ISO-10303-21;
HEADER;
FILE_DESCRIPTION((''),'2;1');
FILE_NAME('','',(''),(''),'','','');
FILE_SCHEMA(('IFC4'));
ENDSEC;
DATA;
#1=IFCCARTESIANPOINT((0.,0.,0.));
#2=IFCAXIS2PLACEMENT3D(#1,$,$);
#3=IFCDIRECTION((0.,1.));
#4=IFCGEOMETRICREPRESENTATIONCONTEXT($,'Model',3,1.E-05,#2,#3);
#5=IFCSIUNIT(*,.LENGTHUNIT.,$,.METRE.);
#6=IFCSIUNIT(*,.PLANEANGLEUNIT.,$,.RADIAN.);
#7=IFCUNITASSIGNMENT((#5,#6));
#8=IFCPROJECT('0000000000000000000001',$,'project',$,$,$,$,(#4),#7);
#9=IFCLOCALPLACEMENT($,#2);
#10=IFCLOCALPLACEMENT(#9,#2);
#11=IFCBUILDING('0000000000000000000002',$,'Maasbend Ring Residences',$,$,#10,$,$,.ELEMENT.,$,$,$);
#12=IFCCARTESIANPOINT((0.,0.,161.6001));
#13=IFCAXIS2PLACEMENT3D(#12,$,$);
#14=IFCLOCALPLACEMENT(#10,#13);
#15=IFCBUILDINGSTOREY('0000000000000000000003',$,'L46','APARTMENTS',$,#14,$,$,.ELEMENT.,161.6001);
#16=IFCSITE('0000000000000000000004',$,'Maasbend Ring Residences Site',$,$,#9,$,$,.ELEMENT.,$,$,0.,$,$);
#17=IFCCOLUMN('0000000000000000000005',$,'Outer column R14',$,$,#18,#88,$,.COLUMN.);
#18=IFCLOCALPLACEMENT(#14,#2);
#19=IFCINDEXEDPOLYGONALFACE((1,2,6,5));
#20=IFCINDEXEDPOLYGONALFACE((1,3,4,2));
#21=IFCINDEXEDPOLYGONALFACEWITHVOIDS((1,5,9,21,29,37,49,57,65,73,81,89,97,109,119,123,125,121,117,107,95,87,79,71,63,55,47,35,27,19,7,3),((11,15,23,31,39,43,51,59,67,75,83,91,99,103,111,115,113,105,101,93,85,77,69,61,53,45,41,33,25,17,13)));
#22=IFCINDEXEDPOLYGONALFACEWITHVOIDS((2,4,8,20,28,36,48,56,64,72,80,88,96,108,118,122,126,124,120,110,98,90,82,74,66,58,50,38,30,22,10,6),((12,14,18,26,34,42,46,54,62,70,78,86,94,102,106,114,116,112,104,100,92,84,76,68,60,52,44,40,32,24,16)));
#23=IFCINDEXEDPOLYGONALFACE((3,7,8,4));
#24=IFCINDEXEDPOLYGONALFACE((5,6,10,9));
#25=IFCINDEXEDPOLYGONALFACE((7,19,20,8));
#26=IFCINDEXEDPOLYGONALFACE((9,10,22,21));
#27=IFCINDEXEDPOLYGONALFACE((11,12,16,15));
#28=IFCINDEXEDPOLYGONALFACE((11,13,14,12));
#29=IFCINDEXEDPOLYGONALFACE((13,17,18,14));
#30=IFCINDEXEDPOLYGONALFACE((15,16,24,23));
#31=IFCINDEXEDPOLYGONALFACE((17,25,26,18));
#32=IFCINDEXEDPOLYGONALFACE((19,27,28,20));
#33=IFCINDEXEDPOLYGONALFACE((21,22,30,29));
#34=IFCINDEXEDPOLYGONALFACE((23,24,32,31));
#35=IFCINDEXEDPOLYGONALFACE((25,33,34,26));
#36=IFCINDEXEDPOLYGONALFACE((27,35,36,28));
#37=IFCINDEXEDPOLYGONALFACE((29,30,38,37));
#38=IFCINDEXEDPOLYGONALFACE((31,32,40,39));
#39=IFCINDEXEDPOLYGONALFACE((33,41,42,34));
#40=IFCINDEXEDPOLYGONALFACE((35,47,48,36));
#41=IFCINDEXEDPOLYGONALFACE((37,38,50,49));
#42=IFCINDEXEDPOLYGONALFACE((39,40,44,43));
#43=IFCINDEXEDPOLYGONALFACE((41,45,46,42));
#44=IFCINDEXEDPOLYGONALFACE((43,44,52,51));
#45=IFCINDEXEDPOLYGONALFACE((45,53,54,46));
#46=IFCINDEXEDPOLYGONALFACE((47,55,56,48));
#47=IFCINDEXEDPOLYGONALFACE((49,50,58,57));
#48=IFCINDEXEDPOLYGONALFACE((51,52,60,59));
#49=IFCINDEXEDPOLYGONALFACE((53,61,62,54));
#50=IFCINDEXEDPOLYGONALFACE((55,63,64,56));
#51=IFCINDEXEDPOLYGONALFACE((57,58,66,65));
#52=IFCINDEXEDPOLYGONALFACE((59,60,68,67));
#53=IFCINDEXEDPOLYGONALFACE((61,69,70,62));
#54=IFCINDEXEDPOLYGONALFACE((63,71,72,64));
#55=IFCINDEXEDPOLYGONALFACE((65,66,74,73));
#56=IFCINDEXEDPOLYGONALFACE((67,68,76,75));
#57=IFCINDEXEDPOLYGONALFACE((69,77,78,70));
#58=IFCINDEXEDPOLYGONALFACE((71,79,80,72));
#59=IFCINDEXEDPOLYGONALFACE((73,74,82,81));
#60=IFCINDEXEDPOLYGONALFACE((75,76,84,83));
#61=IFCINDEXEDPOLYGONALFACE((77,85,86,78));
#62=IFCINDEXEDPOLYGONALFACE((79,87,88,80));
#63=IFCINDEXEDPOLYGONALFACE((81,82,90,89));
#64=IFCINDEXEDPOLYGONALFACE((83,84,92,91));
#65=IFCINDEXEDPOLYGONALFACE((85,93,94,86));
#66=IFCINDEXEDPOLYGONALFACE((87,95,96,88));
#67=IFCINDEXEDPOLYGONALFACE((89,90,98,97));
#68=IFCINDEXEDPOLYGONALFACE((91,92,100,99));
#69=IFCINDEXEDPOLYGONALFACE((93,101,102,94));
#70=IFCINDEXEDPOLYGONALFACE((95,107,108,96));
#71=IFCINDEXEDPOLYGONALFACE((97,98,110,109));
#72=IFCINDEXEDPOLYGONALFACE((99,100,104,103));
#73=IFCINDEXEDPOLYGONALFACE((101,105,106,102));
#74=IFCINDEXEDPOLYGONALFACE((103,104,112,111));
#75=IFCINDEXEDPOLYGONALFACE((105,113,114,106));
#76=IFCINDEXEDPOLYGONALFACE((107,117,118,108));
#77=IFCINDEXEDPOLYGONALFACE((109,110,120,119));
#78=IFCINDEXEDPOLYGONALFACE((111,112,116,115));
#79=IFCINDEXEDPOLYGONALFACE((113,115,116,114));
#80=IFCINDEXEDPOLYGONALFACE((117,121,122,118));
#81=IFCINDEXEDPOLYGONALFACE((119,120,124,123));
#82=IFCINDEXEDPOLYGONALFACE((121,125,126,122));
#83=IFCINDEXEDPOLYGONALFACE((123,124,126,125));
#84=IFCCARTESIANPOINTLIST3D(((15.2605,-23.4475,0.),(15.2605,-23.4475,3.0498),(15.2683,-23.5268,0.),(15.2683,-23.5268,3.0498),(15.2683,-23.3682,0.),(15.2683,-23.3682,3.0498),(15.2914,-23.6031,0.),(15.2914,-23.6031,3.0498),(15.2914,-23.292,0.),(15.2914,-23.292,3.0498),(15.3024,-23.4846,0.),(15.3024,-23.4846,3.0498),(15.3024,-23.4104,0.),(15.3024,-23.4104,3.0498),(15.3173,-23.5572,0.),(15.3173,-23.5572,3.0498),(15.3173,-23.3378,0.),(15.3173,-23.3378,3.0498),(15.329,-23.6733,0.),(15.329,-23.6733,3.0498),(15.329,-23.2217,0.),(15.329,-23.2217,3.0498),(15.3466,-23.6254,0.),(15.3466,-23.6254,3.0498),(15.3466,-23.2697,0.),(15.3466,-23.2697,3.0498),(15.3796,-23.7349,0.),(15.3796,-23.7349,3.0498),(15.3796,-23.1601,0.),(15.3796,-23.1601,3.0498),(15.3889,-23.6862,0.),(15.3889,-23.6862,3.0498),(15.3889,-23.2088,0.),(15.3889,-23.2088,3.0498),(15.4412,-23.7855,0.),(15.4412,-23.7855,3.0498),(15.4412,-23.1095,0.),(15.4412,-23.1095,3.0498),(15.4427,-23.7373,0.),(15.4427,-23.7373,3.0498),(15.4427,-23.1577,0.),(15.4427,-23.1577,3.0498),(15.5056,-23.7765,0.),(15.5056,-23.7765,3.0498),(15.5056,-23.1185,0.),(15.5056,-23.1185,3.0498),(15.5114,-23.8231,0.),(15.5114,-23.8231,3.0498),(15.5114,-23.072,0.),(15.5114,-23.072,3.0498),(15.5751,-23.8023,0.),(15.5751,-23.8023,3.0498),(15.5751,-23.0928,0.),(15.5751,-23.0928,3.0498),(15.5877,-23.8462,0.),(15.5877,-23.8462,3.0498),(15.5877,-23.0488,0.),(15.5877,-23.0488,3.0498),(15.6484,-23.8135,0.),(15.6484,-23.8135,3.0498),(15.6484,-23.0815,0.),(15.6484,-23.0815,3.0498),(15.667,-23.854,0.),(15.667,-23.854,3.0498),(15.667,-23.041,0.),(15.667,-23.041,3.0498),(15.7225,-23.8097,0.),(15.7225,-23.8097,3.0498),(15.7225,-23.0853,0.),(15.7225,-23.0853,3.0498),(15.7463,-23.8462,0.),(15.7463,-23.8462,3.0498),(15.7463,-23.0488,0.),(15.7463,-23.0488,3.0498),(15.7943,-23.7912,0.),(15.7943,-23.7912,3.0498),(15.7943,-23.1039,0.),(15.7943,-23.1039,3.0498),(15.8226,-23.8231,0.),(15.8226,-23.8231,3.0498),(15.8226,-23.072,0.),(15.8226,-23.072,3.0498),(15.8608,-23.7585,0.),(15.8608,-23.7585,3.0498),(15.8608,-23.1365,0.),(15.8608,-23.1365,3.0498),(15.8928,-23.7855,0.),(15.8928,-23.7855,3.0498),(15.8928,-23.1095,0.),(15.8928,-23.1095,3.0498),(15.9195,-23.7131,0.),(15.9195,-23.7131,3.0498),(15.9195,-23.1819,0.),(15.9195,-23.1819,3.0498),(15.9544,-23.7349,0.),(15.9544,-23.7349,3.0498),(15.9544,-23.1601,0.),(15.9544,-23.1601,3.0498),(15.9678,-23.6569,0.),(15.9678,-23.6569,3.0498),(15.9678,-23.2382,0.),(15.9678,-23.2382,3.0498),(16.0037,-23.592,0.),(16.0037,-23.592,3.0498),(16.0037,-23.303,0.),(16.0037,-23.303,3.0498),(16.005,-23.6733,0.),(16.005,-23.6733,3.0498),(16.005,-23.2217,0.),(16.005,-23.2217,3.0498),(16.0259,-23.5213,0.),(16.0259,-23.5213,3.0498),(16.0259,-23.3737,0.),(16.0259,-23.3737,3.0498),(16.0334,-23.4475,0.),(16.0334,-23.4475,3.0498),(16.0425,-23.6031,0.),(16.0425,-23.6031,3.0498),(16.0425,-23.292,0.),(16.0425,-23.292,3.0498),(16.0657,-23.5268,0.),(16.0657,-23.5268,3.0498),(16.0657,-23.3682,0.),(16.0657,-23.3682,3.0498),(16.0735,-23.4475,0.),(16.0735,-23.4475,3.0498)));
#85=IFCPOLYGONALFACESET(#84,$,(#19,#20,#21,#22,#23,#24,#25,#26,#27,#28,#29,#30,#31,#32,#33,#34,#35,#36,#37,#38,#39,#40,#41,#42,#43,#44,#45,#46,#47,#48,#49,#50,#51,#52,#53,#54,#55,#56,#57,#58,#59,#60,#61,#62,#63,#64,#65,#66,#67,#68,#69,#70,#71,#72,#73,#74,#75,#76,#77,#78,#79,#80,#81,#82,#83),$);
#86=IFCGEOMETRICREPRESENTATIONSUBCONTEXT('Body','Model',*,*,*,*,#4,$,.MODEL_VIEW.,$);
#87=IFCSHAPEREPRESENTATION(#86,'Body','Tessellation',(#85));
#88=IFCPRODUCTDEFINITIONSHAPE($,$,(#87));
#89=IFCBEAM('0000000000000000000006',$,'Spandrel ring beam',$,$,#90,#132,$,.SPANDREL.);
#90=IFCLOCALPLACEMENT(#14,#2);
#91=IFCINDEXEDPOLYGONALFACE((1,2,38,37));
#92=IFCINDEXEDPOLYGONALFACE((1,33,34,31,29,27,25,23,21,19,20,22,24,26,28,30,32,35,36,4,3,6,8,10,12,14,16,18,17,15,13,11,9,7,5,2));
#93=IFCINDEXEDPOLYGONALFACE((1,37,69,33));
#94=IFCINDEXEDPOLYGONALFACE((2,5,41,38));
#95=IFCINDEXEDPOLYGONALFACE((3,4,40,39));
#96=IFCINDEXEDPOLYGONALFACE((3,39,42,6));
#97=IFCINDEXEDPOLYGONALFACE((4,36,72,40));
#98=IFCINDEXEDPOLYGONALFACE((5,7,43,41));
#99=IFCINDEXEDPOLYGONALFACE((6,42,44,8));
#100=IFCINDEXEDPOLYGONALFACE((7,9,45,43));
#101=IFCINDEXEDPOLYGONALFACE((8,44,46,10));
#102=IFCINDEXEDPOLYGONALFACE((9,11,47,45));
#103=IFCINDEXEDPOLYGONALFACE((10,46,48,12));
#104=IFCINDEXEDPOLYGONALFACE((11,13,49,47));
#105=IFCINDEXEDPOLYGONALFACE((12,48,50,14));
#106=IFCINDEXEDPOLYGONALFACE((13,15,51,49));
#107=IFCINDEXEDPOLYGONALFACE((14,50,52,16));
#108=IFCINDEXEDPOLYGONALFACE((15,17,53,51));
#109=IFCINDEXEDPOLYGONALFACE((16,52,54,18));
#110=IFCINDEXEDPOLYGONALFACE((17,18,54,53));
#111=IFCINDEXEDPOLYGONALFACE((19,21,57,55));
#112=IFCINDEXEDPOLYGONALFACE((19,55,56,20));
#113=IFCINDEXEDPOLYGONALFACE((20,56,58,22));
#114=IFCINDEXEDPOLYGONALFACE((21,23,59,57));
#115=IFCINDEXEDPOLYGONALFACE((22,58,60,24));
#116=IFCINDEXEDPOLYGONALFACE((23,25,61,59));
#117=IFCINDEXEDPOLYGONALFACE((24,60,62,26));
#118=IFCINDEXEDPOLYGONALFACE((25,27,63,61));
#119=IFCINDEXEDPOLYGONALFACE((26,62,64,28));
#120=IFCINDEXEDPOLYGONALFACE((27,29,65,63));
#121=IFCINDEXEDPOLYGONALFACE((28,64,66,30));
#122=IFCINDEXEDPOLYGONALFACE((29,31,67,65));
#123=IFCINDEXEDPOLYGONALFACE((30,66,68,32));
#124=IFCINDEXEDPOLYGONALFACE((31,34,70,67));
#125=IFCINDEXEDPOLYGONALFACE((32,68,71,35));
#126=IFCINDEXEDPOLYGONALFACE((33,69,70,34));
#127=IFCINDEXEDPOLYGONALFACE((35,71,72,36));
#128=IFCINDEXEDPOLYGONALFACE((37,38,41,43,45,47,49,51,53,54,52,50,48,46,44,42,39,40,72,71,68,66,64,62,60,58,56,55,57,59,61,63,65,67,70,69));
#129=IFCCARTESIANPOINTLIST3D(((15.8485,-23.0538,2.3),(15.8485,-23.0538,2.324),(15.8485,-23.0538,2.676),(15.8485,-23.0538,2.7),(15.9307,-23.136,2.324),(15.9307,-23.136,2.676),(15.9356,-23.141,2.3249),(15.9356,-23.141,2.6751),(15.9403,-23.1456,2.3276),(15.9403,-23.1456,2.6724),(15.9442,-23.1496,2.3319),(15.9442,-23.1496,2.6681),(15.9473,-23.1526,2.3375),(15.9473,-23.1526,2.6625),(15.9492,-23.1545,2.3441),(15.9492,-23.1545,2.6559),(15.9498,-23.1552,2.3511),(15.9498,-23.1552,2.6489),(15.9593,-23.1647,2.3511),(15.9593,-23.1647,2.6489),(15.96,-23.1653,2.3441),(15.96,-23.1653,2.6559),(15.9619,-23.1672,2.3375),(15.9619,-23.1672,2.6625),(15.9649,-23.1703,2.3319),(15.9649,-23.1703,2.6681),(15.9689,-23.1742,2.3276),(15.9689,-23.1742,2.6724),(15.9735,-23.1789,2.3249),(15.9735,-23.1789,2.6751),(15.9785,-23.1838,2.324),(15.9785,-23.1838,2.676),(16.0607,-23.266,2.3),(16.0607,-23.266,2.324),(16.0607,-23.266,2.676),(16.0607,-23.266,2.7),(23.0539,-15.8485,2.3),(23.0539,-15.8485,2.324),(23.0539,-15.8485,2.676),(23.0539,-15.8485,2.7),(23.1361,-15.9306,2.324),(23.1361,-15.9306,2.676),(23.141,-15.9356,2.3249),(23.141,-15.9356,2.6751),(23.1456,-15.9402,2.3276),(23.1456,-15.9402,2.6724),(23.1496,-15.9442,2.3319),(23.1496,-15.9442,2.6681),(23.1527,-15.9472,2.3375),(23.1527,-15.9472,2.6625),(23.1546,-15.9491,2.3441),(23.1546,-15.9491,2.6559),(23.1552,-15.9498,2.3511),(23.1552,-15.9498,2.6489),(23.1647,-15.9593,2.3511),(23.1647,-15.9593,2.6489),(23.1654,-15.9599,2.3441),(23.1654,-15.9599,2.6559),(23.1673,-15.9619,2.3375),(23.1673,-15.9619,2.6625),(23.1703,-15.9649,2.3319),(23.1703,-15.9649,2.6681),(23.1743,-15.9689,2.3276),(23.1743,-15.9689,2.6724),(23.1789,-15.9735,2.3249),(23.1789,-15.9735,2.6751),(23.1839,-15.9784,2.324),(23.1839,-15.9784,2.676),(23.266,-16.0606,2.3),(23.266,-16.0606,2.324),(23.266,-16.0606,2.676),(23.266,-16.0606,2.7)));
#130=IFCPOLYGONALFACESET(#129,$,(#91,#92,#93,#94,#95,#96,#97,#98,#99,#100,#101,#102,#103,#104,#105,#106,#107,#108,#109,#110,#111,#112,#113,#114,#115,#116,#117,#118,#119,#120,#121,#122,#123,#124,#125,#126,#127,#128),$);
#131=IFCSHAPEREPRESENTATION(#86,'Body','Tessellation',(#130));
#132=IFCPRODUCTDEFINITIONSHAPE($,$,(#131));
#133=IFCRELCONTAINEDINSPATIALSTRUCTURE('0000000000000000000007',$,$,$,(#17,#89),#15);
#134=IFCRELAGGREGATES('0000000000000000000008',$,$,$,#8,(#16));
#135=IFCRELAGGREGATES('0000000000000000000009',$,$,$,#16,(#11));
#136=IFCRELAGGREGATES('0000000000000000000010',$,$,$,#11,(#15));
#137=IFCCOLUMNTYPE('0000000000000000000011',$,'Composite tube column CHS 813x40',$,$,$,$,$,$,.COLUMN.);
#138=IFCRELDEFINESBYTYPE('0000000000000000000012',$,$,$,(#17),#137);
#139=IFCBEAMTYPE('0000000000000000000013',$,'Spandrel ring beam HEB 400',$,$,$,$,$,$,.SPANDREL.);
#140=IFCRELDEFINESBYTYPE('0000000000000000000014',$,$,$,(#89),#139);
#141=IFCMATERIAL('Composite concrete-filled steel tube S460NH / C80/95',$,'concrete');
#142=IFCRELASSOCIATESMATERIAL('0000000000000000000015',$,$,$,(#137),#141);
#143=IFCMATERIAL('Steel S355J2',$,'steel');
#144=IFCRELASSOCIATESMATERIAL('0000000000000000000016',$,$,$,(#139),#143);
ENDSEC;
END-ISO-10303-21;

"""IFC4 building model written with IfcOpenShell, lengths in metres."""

from ifc_helpers import new_model, si_unit, direction, frame, origin, origin_2d, place, context, subcontext, project, spatial, hollow_circle, i_section, extrude, material, material_profile, profile_set, type_object, element, save


model = new_model("IFC4")

# Units and contexts
model_context = context("Model", 3, precision=1e-05, world=origin(), true_north=direction((0.0, 1.0)))
body_context = subcontext(model_context, "Body", "Model", "MODEL_VIEW")
ifc_project = project(units=[si_unit("LENGTHUNIT", "METRE"), si_unit("PLANEANGLEUNIT", "RADIAN")], contexts=[model_context])

# Site, building, storey
site_placement = place(None, origin())
site = spatial("IfcSite", under=ifc_project, at=site_placement, Name="Maasbend Ring Residences Site", CompositionType="ELEMENT", RefElevation=0.0)
building_placement = place(site_placement, origin())
building = spatial("IfcBuilding", under=site, at=building_placement, Name="Maasbend Ring Residences", CompositionType="ELEMENT")
storey_placement = place(building_placement, frame((0.0, 0.0, 161.6001)))
storey = spatial("IfcBuildingStorey", under=building, at=storey_placement, Name="L46", Description="APARTMENTS", CompositionType="ELEMENT", Elevation=161.6001)

# Column
ifc_material_1 = material(Name="Composite concrete-filled steel tube S460NH / C80/95", Category="concrete")
ifc_material_profile_1 = material_profile(ifc_material_1, hollow_circle(Radius=0.4065, WallThickness=0.04, at=origin_2d()), Name="Composite tube column CHS 813x40")
ifc_profile_set_1 = profile_set([ifc_material_profile_1], Name="Composite concrete-filled steel tube S460NH / C80/95")
column_type = type_object("IfcColumnType", Name="Composite tube column CHS 813x40", PredefinedType="COLUMN", material=ifc_profile_set_1)
column_placement = place(storey_placement, frame((15.667, -23.4475, 0.0), z_axis=(0.0, 0.0, 1.0), x_axis=(1.0, 0.0, 0.0)))
element("IfcColumn", 1, at=column_placement, inside=storey, type_object=column_type, Name="Outer column R14", PredefinedType="COLUMN", context=body_context, shape_type="SweptSolid", body=[
    extrude(hollow_circle(Radius=0.4065, WallThickness=0.04, at=origin_2d()), origin(), (0.0, 0.0, 1.0), 3.0498),
])

# Beam
ifc_material_2 = material(Name="Steel S355J2", Category="steel")
ifc_material_profile_2 = material_profile(ifc_material_2, i_section(OverallWidth=0.3, OverallDepth=0.3999, WebThickness=0.0134, FlangeThickness=0.0239, FilletRadius=0.0271, at=origin_2d()), Name="HEB 400")
ifc_profile_set_2 = profile_set([ifc_material_profile_2], Name="Steel S355J2")
beam_type = type_object("IfcBeamType", Name="Spandrel ring beam HEB 400", PredefinedType="SPANDREL", material=ifc_profile_set_2)
beam_placement = place(storey_placement, frame((15.9546, -23.1599, 2.5), z_axis=(0.707107, 0.707107, 0.0), x_axis=(-0.707107, 0.707107, 0.0)))
element("IfcBeam", 2, at=beam_placement, inside=storey, type_object=beam_type, Name="Spandrel ring beam", PredefinedType="SPANDREL", context=body_context, shape_type="SweptSolid", body=[
    extrude(i_section(OverallWidth=0.3, OverallDepth=0.3999, WebThickness=0.0134, FlangeThickness=0.0239, FilletRadius=0.0271, at=origin_2d()), origin(), (0.0, 0.0, 1.0), 10.1899),
])

save(model, "model.ifc")
